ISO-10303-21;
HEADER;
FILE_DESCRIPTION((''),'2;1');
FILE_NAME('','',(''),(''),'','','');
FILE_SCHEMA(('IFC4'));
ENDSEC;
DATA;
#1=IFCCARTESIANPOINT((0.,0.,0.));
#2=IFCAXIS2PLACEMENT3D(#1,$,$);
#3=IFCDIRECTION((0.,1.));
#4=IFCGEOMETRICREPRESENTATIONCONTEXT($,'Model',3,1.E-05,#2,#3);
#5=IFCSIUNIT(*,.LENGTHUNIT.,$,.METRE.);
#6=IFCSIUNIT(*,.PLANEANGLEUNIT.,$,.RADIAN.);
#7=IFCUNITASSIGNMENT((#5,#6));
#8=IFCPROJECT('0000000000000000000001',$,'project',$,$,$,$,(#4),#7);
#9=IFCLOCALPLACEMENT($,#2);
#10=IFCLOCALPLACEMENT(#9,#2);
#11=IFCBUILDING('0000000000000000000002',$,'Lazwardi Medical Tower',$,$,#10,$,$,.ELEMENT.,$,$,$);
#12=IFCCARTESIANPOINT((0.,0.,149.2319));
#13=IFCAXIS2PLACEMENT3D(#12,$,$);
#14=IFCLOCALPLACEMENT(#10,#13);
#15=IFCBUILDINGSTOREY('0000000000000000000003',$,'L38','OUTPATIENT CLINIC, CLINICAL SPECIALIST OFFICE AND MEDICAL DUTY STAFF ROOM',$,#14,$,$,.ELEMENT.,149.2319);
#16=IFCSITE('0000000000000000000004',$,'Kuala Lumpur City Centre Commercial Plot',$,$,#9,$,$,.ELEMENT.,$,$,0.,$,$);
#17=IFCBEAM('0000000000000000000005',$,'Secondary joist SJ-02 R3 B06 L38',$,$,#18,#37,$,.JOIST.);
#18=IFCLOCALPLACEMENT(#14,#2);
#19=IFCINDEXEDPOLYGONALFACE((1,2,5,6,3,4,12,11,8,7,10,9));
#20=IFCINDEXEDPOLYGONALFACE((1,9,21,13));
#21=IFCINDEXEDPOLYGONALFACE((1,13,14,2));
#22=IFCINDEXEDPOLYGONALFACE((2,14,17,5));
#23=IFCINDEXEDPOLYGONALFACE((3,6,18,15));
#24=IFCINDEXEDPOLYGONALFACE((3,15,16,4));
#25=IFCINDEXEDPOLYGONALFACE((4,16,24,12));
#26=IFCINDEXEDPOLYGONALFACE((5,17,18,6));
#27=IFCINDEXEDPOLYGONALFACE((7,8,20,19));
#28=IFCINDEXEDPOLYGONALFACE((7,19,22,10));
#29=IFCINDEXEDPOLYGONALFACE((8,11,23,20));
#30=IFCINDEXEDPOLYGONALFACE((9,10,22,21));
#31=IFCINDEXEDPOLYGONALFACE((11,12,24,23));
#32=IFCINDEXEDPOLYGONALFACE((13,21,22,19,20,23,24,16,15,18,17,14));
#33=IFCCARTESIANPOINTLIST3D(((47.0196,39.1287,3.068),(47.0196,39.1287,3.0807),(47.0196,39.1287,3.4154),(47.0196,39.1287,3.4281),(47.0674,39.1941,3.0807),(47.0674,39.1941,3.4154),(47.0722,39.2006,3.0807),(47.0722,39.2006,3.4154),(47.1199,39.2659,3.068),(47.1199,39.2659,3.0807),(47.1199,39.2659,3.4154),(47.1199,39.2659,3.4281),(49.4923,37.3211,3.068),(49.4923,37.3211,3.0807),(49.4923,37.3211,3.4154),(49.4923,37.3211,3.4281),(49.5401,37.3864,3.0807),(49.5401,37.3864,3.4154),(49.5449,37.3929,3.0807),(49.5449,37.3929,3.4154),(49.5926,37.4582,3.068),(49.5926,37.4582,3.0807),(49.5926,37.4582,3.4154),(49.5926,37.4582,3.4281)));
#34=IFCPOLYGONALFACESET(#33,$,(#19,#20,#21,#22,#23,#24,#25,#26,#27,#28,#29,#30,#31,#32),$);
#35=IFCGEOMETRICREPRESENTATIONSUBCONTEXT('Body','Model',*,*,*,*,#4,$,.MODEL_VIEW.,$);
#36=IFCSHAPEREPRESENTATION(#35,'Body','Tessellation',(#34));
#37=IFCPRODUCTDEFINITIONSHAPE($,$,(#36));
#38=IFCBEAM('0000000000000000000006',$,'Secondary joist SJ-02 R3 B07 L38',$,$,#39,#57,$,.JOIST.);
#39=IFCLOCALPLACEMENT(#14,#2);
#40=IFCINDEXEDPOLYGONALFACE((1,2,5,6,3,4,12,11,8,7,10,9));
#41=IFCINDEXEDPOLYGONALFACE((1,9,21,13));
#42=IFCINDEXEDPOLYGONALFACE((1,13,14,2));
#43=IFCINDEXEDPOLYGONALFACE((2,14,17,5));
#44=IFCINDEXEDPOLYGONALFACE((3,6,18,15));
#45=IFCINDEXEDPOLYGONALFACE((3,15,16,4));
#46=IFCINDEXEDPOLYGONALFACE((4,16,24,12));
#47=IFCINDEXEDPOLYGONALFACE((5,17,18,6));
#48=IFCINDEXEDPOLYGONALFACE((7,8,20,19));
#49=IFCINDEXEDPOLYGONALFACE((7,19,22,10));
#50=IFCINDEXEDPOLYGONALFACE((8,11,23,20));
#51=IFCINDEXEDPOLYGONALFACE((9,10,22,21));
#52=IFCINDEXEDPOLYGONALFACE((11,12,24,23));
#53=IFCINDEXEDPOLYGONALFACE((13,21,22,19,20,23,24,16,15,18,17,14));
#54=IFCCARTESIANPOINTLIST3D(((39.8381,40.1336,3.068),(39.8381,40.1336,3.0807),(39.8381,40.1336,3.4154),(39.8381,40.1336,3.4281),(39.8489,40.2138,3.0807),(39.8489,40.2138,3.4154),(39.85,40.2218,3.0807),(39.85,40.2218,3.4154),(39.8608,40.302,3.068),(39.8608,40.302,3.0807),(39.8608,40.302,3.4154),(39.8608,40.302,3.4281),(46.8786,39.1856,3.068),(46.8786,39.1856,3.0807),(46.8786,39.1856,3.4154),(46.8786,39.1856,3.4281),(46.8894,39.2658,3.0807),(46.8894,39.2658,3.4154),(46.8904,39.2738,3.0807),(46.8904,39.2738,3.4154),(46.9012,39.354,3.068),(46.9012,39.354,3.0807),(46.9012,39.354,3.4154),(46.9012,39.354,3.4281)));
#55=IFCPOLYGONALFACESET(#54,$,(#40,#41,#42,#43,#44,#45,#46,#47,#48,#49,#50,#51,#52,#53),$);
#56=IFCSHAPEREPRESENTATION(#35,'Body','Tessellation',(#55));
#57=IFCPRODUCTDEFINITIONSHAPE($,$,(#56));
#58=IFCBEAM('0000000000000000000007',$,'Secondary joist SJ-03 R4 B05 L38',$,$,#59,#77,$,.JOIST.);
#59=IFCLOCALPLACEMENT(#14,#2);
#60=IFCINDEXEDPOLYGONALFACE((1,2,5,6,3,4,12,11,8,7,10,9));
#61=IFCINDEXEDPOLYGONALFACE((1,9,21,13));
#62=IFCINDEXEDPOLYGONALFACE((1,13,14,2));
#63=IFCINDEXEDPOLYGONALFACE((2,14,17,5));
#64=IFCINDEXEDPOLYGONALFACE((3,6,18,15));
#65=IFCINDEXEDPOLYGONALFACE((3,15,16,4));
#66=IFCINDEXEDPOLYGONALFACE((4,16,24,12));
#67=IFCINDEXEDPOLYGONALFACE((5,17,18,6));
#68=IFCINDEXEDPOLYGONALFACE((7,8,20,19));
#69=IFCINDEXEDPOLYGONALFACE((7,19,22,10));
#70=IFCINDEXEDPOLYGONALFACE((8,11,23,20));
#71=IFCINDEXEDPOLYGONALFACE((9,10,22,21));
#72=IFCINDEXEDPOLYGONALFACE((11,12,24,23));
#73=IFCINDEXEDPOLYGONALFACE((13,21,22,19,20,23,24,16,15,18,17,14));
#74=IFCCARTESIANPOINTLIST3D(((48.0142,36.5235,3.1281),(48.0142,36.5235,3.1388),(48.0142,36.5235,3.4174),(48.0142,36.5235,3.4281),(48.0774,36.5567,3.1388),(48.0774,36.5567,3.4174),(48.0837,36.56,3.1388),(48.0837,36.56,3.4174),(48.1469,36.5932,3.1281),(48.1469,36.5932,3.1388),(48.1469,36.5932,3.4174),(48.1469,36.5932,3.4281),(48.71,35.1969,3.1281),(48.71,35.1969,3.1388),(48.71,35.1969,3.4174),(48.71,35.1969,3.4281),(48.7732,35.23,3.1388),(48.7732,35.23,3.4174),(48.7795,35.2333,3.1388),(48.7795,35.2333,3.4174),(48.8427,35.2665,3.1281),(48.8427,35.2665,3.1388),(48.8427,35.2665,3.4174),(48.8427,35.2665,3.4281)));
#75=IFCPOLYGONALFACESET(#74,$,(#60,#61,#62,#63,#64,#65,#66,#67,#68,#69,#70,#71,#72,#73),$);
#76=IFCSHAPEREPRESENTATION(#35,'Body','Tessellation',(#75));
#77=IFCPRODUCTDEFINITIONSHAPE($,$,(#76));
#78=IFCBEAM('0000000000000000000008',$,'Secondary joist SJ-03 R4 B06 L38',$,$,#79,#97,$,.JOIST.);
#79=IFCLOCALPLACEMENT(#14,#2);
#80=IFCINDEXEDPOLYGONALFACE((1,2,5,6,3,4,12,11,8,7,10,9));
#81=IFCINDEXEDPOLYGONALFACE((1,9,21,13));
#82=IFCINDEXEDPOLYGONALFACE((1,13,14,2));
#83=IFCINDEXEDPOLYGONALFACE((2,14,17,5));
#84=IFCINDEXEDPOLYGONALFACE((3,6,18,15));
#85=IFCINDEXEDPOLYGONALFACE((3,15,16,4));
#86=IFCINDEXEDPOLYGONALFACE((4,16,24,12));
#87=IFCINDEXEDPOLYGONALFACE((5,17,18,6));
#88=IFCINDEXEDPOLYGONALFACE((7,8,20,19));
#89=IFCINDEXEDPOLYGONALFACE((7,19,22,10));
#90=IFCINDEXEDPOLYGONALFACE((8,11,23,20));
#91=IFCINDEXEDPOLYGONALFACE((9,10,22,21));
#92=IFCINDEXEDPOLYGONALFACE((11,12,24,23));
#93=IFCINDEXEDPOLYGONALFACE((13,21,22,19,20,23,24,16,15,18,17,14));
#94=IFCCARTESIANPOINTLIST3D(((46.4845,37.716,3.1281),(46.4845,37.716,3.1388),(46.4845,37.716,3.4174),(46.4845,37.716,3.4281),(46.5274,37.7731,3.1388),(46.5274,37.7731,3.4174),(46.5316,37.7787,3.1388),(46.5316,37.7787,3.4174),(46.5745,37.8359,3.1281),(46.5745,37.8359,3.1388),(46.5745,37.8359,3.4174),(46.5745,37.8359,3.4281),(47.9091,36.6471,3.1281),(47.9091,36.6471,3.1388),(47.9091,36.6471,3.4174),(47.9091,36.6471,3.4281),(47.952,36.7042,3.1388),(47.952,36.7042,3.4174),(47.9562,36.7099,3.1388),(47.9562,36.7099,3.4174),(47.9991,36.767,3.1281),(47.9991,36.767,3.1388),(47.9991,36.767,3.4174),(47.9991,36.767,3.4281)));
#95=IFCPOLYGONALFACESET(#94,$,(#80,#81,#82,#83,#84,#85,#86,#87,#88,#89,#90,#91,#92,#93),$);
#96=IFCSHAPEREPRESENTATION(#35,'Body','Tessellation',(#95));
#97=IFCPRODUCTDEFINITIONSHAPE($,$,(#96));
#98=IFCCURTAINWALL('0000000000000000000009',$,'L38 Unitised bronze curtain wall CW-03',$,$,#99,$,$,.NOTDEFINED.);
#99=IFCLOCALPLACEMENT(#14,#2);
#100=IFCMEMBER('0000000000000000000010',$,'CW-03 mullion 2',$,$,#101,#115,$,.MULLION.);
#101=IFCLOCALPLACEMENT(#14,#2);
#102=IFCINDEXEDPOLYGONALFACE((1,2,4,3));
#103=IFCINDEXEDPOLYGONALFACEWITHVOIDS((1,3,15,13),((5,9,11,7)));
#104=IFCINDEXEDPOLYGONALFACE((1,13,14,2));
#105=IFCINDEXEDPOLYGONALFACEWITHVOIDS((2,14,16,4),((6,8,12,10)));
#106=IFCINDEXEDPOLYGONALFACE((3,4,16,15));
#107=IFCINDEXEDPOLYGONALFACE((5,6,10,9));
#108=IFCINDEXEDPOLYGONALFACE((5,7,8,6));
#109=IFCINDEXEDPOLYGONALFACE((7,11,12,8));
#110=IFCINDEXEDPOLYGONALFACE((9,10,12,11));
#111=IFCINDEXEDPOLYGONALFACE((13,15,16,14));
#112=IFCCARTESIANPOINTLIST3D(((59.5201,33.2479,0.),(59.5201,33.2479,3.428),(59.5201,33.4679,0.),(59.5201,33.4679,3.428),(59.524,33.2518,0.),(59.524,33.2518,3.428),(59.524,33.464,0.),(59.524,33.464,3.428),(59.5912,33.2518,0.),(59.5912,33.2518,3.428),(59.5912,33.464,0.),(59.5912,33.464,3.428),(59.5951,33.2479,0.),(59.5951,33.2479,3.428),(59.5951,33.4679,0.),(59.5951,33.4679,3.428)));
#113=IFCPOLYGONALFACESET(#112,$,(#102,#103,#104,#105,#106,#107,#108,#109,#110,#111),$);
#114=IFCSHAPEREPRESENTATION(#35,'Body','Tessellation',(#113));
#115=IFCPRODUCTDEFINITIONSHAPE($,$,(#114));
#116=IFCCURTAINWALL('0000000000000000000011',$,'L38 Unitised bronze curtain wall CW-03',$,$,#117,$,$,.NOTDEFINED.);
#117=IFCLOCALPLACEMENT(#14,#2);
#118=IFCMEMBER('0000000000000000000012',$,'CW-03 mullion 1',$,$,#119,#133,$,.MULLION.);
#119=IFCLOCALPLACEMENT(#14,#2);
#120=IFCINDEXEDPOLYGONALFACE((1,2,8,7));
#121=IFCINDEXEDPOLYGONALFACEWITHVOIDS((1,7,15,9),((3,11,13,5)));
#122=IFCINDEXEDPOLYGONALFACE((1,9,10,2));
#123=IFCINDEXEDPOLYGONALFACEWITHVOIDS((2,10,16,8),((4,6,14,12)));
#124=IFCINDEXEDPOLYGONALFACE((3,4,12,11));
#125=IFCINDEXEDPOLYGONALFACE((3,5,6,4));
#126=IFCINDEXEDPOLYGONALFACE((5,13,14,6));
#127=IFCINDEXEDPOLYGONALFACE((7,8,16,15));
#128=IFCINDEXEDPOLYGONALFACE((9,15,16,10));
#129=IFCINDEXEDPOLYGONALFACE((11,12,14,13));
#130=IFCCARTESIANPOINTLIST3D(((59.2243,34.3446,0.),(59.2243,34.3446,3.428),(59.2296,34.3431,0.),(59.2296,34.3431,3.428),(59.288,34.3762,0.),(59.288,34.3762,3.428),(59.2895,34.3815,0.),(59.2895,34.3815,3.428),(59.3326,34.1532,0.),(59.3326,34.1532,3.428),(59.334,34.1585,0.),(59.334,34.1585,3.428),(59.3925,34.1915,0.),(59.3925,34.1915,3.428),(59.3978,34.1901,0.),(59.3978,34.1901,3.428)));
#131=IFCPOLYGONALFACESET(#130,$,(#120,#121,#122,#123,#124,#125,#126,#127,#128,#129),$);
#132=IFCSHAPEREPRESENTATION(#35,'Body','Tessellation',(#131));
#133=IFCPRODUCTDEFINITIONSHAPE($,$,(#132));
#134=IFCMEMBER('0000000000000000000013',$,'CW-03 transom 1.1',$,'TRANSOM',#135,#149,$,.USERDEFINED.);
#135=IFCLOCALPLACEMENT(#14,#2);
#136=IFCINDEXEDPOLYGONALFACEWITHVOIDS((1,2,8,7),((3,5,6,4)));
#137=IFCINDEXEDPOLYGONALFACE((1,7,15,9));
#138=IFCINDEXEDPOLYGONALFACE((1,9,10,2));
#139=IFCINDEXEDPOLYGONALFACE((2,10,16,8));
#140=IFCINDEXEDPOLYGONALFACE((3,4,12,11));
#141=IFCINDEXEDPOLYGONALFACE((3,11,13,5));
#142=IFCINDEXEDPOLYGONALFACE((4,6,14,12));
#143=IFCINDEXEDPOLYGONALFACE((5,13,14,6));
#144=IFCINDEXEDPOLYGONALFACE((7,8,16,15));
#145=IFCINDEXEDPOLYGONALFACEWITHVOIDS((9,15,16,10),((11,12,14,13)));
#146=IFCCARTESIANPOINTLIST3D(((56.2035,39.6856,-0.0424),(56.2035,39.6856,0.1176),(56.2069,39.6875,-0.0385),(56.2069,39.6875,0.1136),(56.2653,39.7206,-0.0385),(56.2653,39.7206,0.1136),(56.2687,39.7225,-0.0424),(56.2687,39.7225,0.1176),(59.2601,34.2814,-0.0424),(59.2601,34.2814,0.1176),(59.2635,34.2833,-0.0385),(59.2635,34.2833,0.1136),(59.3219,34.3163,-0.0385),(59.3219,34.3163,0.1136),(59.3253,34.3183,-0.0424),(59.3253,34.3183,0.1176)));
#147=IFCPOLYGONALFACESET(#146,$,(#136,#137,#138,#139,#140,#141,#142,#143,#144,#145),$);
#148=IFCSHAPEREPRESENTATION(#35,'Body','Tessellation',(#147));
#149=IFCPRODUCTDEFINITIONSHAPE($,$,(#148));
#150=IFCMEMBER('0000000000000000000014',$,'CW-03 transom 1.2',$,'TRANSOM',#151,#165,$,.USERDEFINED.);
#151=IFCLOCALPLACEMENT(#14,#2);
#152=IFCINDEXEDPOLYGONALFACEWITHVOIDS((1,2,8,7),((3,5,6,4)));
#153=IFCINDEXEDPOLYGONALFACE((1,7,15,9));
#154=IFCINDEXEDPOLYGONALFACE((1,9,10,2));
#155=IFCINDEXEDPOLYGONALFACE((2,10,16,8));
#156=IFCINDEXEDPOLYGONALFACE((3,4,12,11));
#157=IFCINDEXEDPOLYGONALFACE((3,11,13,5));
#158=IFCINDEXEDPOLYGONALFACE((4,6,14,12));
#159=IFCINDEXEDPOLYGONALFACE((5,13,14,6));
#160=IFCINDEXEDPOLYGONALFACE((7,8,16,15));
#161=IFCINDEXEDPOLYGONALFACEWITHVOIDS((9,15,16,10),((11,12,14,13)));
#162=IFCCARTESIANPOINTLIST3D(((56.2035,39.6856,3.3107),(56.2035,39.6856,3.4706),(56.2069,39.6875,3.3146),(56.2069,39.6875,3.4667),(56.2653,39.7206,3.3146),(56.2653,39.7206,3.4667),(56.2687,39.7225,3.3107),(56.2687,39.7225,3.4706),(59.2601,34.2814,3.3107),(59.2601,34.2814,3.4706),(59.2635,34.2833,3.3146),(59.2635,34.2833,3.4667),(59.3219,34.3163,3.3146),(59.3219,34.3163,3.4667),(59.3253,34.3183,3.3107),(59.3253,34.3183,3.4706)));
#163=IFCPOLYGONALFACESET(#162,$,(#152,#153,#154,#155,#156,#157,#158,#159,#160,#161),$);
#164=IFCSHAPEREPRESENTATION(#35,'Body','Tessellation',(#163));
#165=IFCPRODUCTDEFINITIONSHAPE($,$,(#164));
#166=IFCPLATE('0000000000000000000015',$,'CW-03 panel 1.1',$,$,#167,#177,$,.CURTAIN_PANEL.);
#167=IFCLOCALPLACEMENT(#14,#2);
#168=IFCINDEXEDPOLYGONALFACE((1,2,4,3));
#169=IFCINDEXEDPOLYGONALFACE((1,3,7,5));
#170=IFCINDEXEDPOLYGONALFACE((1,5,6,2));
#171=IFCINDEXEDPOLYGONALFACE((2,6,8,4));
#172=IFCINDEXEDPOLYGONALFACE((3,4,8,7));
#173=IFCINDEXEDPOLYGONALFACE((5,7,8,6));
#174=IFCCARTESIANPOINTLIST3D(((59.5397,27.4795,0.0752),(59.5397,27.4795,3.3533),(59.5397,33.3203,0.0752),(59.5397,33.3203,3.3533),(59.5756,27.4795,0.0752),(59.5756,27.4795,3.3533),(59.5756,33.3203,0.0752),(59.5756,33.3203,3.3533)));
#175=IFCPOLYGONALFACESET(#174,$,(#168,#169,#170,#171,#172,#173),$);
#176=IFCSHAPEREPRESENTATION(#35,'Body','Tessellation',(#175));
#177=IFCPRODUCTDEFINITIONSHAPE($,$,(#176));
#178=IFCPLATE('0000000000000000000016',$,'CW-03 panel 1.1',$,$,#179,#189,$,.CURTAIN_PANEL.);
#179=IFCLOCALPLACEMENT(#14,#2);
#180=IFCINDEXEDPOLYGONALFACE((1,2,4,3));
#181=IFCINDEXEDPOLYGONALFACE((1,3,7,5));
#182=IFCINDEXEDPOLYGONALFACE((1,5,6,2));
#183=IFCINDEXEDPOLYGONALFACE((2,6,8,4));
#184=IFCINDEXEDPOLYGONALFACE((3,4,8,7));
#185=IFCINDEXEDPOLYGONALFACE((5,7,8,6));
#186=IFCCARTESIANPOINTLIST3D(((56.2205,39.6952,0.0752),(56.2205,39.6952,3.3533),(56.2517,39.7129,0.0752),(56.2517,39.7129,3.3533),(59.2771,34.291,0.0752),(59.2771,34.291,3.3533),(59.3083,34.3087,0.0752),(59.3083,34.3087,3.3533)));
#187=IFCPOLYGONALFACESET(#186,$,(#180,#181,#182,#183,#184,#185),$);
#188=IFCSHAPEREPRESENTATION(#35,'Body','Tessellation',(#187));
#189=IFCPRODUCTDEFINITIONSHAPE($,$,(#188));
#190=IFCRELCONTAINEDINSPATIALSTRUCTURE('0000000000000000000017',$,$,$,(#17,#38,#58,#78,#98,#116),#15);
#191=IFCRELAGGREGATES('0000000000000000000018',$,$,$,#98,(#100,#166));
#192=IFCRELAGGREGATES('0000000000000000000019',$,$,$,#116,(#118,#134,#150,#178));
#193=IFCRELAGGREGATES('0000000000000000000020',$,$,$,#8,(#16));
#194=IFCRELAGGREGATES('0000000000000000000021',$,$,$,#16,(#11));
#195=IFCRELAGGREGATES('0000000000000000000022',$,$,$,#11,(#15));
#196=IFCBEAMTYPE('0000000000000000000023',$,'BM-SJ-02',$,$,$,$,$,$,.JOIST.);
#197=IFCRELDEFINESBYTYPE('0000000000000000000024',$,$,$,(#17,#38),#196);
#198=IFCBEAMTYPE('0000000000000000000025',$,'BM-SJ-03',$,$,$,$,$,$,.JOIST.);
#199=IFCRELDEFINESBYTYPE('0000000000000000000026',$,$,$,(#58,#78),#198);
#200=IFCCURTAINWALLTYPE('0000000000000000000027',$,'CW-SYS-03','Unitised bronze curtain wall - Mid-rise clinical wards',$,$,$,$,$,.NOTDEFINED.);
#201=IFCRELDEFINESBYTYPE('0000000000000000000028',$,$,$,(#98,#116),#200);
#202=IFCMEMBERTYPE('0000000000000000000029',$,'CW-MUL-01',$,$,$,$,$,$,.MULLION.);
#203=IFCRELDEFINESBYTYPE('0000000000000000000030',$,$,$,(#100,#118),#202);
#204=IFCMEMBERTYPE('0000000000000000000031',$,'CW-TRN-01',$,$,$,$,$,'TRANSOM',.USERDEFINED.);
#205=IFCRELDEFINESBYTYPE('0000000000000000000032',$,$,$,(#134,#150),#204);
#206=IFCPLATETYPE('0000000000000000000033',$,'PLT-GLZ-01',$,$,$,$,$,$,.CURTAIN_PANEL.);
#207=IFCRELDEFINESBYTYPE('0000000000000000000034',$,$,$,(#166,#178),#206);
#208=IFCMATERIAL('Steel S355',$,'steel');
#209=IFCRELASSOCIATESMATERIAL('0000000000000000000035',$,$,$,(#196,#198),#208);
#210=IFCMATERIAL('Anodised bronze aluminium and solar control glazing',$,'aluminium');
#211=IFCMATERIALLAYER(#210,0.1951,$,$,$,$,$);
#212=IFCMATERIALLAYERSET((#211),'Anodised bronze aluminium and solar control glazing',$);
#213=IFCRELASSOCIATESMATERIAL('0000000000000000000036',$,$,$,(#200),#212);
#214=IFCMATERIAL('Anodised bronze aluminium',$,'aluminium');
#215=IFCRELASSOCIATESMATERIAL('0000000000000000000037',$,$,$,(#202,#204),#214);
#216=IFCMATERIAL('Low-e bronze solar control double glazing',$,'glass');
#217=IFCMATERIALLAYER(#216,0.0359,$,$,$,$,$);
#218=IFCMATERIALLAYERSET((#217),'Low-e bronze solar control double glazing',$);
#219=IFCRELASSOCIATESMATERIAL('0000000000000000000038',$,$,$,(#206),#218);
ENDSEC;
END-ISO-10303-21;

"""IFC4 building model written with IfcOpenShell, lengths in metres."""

from ifc_helpers import new_model, si_unit, direction, frame, origin, origin_2d, place, context, subcontext, project, spatial, rectangle, hollow_rectangle, i_section, extrude, material, layer, layer_set, material_profile, profile_set, type_object, element, aggregate, save


model = new_model("IFC4")

# Units and contexts
model_context = context("Model", 3, precision=1e-05, world=origin(), true_north=direction((0.0, 1.0)))
body_context = subcontext(model_context, "Body", "Model", "MODEL_VIEW")
ifc_project = project(units=[si_unit("LENGTHUNIT", "METRE"), si_unit("PLANEANGLEUNIT", "RADIAN")], contexts=[model_context])

# Site, building, storey
site_placement = place(None, origin())
site = spatial("IfcSite", under=ifc_project, at=site_placement, Name="Kuala Lumpur City Centre Commercial Plot", CompositionType="ELEMENT", RefElevation=0.0)
building_placement = place(site_placement, origin())
building = spatial("IfcBuilding", under=site, at=building_placement, Name="Lazwardi Medical Tower", CompositionType="ELEMENT")
storey_placement = place(building_placement, frame((0.0, 0.0, 149.2319)))
storey = spatial("IfcBuildingStorey", under=building, at=storey_placement, Name="L38", Description="OUTPATIENT CLINIC, CLINICAL SPECIALIST OFFICE AND MEDICAL DUTY STAFF ROOM", CompositionType="ELEMENT", Elevation=149.2319)

# Beams
ifc_material_1 = material(Name="Steel S355", Category="steel")
ifc_material_profile_1 = material_profile(ifc_material_1, i_section(OverallWidth=0.1699, OverallDepth=0.3601, WebThickness=0.0081, FlangeThickness=0.0127, at=origin_2d()), Name="IPE 360")
ifc_profile_set_1 = profile_set([ifc_material_profile_1], Name="Steel S355")
beam_type_1 = type_object("IfcBeamType", Name="BM-SJ-02", PredefinedType="JOIST", material=ifc_profile_set_1)
beam_1_placement = place(storey_placement, frame((49.5425, 37.3896, 3.248), z_axis=(-0.807286, 0.59016, 0.0), x_axis=(-0.59016, -0.807286, 0.0)))
element("IfcBeam", 1, at=beam_1_placement, inside=storey, type_object=beam_type_1, Name="Secondary joist SJ-02 R3 B06 L38", PredefinedType="JOIST", context=body_context, shape_type="SweptSolid", body=[
    extrude(i_section(OverallWidth=0.1699, OverallDepth=0.3601, WebThickness=0.0081, FlangeThickness=0.0127, at=origin_2d()), origin(), (0.0, 0.0, 1.0), 3.063),
])
beam_2_placement = place(storey_placement, frame((46.8899, 39.2698, 3.248), z_axis=(-0.991056, 0.133444, 0.0), x_axis=(-0.133444, -0.991056, 0.0)))
element("IfcBeam", 2, at=beam_2_placement, inside=storey, type_object=beam_type_1, Name="Secondary joist SJ-02 R3 B07 L38", PredefinedType="JOIST", context=body_context, shape_type="SweptSolid", body=[
    extrude(i_section(OverallWidth=0.1699, OverallDepth=0.3601, WebThickness=0.0081, FlangeThickness=0.0127, at=origin_2d()), origin(), (0.0, 0.0, 1.0), 7.104),
])
ifc_material_profile_2 = material_profile(ifc_material_1, i_section(OverallWidth=0.1499, OverallDepth=0.3, WebThickness=0.0071, FlangeThickness=0.0107, at=origin_2d()), Name="IPE 300")
ifc_profile_set_2 = profile_set([ifc_material_profile_2], Name="Steel S355")
beam_type_2 = type_object("IfcBeamType", Name="BM-SJ-03", PredefinedType="JOIST", material=ifc_profile_set_2)
beam_3_placement = place(storey_placement, frame((48.7764, 35.2317, 3.2781), z_axis=(-0.46447, 0.885589, 0.0), x_axis=(-0.885589, -0.46447, 0.0)))
element("IfcBeam", 3, at=beam_3_placement, inside=storey, type_object=beam_type_2, Name="Secondary joist SJ-03 R4 B05 L38", PredefinedType="JOIST", context=body_context, shape_type="SweptSolid", body=[
    extrude(i_section(OverallWidth=0.1499, OverallDepth=0.3, WebThickness=0.0071, FlangeThickness=0.0107, at=origin_2d()), origin(), (0.0, 0.0, 1.0), 1.498),
])
beam_4_placement = place(storey_placement, frame((47.9541, 36.707, 3.2781), z_axis=(-0.799885, 0.600154, 0.0), x_axis=(-0.600154, -0.799885, 0.0)))
element("IfcBeam", 4, at=beam_4_placement, inside=storey, type_object=beam_type_2, Name="Secondary joist SJ-03 R4 B06 L38", PredefinedType="JOIST", context=body_context, shape_type="SweptSolid", body=[
    extrude(i_section(OverallWidth=0.1499, OverallDepth=0.3, WebThickness=0.0071, FlangeThickness=0.0107, at=origin_2d()), origin(), (0.0, 0.0, 1.0), 1.781),
])

# Curtain wall, member
ifc_material_2 = material(Name="Anodised bronze aluminium and solar control glazing", Category="aluminium")
ifc_layer_1 = layer(ifc_material_2, 0.1951)
ifc_layer_set_1 = layer_set([ifc_layer_1], Name="Anodised bronze aluminium and solar control glazing")
curtain_wall_type = type_object("IfcCurtainWallType", Name="CW-SYS-03", Description="Unitised bronze curtain wall - Mid-rise clinical wards", PredefinedType="NOTDEFINED", material=ifc_layer_set_1)
curtain_wall_1_placement = place(storey_placement, origin())
curtain_wall_1 = element("IfcCurtainWall", 5, at=curtain_wall_1_placement, inside=storey, type_object=curtain_wall_type, Name="L38 Unitised bronze curtain wall CW-03", PredefinedType="NOTDEFINED")
ifc_material_3 = material(Name="Anodised bronze aluminium", Category="aluminium")
ifc_material_profile_3 = material_profile(ifc_material_3, hollow_rectangle(XDim=0.075, YDim=0.22, WallThickness=0.0039, at=origin_2d()), Name="ALU-MULLION 220x75x4")
ifc_profile_set_3 = profile_set([ifc_material_profile_3], Name="Anodised bronze aluminium")
member_type_1 = type_object("IfcMemberType", Name="CW-MUL-01", PredefinedType="MULLION", material=ifc_profile_set_3)
member_1_placement = place(storey_placement, frame((59.5576, 33.3579, 0.0), z_axis=(0.0, 0.0, 1.0), x_axis=(-1.0, 0.0, 0.0)))
member_1 = element("IfcMember", 6, at=member_1_placement, type_object=member_type_1, Name="CW-03 mullion 2", PredefinedType="MULLION", context=body_context, shape_type="SweptSolid", body=[
    extrude(hollow_rectangle(XDim=0.075, YDim=0.22, WallThickness=0.0039, at=origin_2d()), origin(), (0.0, 0.0, 1.0), 3.428),
])

# Curtain wall, members
curtain_wall_2_placement = place(storey_placement, origin())
curtain_wall_2 = element("IfcCurtainWall", 7, at=curtain_wall_2_placement, inside=storey, type_object=curtain_wall_type, Name="L38 Unitised bronze curtain wall CW-03", PredefinedType="NOTDEFINED")
member_2_placement = place(storey_placement, frame((59.311, 34.2673, 0.0), z_axis=(0.0, 0.0, 1.0), x_axis=(-0.870419, -0.492312, 0.0)))
member_2 = element("IfcMember", 8, at=member_2_placement, type_object=member_type_1, Name="CW-03 mullion 1", PredefinedType="MULLION", context=body_context, shape_type="SweptSolid", body=[
    extrude(hollow_rectangle(XDim=0.075, YDim=0.22, WallThickness=0.0039, at=origin_2d()), origin(), (0.0, 0.0, 1.0), 3.428),
])
ifc_material_profile_4 = material_profile(ifc_material_3, hollow_rectangle(XDim=0.075, YDim=0.1599, WallThickness=0.0039, at=origin_2d()), Name="ALU-TRANSOM 160x75x4")
ifc_profile_set_4 = profile_set([ifc_material_profile_4], Name="Anodised bronze aluminium")
member_type_2 = type_object("IfcMemberType", Name="CW-TRN-01", ElementType="TRANSOM", PredefinedType="USERDEFINED", material=ifc_profile_set_4)
member_3_placement = place(storey_placement, frame((59.2927, 34.2998, 0.0376), z_axis=(-0.492306, 0.870422, 0.0), x_axis=(-0.870422, -0.492306, 0.0)))
member_3 = element("IfcMember", 9, at=member_3_placement, type_object=member_type_2, Name="CW-03 transom 1.1", ObjectType="TRANSOM", PredefinedType="USERDEFINED", context=body_context, shape_type="SweptSolid", body=[
    extrude(hollow_rectangle(XDim=0.075, YDim=0.1599, WallThickness=0.0039, at=origin_2d()), origin(), (0.0, 0.0, 1.0), 6.2087),
])
member_4_placement = place(storey_placement, frame((59.2927, 34.2998, 3.3906), z_axis=(-0.492306, 0.870422, 0.0), x_axis=(-0.870422, -0.492306, 0.0)))
member_4 = element("IfcMember", 10, at=member_4_placement, type_object=member_type_2, Name="CW-03 transom 1.2", ObjectType="TRANSOM", PredefinedType="USERDEFINED", context=body_context, shape_type="SweptSolid", body=[
    extrude(hollow_rectangle(XDim=0.075, YDim=0.1599, WallThickness=0.0039, at=origin_2d()), origin(), (0.0, 0.0, 1.0), 6.2087),
])

# Plates
ifc_material_4 = material(Name="Low-e bronze solar control double glazing", Category="glass")
ifc_layer_2 = layer(ifc_material_4, 0.0359)
ifc_layer_set_2 = layer_set([ifc_layer_2], Name="Low-e bronze solar control double glazing")
plate_type = type_object("IfcPlateType", Name="PLT-GLZ-01", PredefinedType="CURTAIN_PANEL", material=ifc_layer_set_2)
plate_1_placement = place(storey_placement, frame((59.5576, 30.3999, 0.0752), z_axis=(0.0, 0.0, 1.0), x_axis=(0.0, 1.0, 0.0)))
plate_1 = element("IfcPlate", 11, at=plate_1_placement, type_object=plate_type, Name="CW-03 panel 1.1", PredefinedType="CURTAIN_PANEL", context=body_context, shape_type="SweptSolid", body=[
    extrude(rectangle(XDim=5.8408, YDim=0.0359, at=origin_2d()), origin(), (0.0, 0.0, 1.0), 3.2781),
])
aggregate(curtain_wall_1, [member_1, plate_1])
plate_2_placement = place(storey_placement, frame((57.7644, 37.002, 0.0752), z_axis=(0.0, 0.0, 1.0), x_axis=(-0.492312, 0.870419, 0.0)))
plate_2 = element("IfcPlate", 12, at=plate_2_placement, type_object=plate_type, Name="CW-03 panel 1.1", PredefinedType="CURTAIN_PANEL", context=body_context, shape_type="SweptSolid", body=[
    extrude(rectangle(XDim=6.2087, YDim=0.0359, at=origin_2d()), origin(), (0.0, 0.0, 1.0), 3.2781),
])
aggregate(curtain_wall_2, [member_2, member_3, member_4, plate_2])

save(model, "model.ifc")
